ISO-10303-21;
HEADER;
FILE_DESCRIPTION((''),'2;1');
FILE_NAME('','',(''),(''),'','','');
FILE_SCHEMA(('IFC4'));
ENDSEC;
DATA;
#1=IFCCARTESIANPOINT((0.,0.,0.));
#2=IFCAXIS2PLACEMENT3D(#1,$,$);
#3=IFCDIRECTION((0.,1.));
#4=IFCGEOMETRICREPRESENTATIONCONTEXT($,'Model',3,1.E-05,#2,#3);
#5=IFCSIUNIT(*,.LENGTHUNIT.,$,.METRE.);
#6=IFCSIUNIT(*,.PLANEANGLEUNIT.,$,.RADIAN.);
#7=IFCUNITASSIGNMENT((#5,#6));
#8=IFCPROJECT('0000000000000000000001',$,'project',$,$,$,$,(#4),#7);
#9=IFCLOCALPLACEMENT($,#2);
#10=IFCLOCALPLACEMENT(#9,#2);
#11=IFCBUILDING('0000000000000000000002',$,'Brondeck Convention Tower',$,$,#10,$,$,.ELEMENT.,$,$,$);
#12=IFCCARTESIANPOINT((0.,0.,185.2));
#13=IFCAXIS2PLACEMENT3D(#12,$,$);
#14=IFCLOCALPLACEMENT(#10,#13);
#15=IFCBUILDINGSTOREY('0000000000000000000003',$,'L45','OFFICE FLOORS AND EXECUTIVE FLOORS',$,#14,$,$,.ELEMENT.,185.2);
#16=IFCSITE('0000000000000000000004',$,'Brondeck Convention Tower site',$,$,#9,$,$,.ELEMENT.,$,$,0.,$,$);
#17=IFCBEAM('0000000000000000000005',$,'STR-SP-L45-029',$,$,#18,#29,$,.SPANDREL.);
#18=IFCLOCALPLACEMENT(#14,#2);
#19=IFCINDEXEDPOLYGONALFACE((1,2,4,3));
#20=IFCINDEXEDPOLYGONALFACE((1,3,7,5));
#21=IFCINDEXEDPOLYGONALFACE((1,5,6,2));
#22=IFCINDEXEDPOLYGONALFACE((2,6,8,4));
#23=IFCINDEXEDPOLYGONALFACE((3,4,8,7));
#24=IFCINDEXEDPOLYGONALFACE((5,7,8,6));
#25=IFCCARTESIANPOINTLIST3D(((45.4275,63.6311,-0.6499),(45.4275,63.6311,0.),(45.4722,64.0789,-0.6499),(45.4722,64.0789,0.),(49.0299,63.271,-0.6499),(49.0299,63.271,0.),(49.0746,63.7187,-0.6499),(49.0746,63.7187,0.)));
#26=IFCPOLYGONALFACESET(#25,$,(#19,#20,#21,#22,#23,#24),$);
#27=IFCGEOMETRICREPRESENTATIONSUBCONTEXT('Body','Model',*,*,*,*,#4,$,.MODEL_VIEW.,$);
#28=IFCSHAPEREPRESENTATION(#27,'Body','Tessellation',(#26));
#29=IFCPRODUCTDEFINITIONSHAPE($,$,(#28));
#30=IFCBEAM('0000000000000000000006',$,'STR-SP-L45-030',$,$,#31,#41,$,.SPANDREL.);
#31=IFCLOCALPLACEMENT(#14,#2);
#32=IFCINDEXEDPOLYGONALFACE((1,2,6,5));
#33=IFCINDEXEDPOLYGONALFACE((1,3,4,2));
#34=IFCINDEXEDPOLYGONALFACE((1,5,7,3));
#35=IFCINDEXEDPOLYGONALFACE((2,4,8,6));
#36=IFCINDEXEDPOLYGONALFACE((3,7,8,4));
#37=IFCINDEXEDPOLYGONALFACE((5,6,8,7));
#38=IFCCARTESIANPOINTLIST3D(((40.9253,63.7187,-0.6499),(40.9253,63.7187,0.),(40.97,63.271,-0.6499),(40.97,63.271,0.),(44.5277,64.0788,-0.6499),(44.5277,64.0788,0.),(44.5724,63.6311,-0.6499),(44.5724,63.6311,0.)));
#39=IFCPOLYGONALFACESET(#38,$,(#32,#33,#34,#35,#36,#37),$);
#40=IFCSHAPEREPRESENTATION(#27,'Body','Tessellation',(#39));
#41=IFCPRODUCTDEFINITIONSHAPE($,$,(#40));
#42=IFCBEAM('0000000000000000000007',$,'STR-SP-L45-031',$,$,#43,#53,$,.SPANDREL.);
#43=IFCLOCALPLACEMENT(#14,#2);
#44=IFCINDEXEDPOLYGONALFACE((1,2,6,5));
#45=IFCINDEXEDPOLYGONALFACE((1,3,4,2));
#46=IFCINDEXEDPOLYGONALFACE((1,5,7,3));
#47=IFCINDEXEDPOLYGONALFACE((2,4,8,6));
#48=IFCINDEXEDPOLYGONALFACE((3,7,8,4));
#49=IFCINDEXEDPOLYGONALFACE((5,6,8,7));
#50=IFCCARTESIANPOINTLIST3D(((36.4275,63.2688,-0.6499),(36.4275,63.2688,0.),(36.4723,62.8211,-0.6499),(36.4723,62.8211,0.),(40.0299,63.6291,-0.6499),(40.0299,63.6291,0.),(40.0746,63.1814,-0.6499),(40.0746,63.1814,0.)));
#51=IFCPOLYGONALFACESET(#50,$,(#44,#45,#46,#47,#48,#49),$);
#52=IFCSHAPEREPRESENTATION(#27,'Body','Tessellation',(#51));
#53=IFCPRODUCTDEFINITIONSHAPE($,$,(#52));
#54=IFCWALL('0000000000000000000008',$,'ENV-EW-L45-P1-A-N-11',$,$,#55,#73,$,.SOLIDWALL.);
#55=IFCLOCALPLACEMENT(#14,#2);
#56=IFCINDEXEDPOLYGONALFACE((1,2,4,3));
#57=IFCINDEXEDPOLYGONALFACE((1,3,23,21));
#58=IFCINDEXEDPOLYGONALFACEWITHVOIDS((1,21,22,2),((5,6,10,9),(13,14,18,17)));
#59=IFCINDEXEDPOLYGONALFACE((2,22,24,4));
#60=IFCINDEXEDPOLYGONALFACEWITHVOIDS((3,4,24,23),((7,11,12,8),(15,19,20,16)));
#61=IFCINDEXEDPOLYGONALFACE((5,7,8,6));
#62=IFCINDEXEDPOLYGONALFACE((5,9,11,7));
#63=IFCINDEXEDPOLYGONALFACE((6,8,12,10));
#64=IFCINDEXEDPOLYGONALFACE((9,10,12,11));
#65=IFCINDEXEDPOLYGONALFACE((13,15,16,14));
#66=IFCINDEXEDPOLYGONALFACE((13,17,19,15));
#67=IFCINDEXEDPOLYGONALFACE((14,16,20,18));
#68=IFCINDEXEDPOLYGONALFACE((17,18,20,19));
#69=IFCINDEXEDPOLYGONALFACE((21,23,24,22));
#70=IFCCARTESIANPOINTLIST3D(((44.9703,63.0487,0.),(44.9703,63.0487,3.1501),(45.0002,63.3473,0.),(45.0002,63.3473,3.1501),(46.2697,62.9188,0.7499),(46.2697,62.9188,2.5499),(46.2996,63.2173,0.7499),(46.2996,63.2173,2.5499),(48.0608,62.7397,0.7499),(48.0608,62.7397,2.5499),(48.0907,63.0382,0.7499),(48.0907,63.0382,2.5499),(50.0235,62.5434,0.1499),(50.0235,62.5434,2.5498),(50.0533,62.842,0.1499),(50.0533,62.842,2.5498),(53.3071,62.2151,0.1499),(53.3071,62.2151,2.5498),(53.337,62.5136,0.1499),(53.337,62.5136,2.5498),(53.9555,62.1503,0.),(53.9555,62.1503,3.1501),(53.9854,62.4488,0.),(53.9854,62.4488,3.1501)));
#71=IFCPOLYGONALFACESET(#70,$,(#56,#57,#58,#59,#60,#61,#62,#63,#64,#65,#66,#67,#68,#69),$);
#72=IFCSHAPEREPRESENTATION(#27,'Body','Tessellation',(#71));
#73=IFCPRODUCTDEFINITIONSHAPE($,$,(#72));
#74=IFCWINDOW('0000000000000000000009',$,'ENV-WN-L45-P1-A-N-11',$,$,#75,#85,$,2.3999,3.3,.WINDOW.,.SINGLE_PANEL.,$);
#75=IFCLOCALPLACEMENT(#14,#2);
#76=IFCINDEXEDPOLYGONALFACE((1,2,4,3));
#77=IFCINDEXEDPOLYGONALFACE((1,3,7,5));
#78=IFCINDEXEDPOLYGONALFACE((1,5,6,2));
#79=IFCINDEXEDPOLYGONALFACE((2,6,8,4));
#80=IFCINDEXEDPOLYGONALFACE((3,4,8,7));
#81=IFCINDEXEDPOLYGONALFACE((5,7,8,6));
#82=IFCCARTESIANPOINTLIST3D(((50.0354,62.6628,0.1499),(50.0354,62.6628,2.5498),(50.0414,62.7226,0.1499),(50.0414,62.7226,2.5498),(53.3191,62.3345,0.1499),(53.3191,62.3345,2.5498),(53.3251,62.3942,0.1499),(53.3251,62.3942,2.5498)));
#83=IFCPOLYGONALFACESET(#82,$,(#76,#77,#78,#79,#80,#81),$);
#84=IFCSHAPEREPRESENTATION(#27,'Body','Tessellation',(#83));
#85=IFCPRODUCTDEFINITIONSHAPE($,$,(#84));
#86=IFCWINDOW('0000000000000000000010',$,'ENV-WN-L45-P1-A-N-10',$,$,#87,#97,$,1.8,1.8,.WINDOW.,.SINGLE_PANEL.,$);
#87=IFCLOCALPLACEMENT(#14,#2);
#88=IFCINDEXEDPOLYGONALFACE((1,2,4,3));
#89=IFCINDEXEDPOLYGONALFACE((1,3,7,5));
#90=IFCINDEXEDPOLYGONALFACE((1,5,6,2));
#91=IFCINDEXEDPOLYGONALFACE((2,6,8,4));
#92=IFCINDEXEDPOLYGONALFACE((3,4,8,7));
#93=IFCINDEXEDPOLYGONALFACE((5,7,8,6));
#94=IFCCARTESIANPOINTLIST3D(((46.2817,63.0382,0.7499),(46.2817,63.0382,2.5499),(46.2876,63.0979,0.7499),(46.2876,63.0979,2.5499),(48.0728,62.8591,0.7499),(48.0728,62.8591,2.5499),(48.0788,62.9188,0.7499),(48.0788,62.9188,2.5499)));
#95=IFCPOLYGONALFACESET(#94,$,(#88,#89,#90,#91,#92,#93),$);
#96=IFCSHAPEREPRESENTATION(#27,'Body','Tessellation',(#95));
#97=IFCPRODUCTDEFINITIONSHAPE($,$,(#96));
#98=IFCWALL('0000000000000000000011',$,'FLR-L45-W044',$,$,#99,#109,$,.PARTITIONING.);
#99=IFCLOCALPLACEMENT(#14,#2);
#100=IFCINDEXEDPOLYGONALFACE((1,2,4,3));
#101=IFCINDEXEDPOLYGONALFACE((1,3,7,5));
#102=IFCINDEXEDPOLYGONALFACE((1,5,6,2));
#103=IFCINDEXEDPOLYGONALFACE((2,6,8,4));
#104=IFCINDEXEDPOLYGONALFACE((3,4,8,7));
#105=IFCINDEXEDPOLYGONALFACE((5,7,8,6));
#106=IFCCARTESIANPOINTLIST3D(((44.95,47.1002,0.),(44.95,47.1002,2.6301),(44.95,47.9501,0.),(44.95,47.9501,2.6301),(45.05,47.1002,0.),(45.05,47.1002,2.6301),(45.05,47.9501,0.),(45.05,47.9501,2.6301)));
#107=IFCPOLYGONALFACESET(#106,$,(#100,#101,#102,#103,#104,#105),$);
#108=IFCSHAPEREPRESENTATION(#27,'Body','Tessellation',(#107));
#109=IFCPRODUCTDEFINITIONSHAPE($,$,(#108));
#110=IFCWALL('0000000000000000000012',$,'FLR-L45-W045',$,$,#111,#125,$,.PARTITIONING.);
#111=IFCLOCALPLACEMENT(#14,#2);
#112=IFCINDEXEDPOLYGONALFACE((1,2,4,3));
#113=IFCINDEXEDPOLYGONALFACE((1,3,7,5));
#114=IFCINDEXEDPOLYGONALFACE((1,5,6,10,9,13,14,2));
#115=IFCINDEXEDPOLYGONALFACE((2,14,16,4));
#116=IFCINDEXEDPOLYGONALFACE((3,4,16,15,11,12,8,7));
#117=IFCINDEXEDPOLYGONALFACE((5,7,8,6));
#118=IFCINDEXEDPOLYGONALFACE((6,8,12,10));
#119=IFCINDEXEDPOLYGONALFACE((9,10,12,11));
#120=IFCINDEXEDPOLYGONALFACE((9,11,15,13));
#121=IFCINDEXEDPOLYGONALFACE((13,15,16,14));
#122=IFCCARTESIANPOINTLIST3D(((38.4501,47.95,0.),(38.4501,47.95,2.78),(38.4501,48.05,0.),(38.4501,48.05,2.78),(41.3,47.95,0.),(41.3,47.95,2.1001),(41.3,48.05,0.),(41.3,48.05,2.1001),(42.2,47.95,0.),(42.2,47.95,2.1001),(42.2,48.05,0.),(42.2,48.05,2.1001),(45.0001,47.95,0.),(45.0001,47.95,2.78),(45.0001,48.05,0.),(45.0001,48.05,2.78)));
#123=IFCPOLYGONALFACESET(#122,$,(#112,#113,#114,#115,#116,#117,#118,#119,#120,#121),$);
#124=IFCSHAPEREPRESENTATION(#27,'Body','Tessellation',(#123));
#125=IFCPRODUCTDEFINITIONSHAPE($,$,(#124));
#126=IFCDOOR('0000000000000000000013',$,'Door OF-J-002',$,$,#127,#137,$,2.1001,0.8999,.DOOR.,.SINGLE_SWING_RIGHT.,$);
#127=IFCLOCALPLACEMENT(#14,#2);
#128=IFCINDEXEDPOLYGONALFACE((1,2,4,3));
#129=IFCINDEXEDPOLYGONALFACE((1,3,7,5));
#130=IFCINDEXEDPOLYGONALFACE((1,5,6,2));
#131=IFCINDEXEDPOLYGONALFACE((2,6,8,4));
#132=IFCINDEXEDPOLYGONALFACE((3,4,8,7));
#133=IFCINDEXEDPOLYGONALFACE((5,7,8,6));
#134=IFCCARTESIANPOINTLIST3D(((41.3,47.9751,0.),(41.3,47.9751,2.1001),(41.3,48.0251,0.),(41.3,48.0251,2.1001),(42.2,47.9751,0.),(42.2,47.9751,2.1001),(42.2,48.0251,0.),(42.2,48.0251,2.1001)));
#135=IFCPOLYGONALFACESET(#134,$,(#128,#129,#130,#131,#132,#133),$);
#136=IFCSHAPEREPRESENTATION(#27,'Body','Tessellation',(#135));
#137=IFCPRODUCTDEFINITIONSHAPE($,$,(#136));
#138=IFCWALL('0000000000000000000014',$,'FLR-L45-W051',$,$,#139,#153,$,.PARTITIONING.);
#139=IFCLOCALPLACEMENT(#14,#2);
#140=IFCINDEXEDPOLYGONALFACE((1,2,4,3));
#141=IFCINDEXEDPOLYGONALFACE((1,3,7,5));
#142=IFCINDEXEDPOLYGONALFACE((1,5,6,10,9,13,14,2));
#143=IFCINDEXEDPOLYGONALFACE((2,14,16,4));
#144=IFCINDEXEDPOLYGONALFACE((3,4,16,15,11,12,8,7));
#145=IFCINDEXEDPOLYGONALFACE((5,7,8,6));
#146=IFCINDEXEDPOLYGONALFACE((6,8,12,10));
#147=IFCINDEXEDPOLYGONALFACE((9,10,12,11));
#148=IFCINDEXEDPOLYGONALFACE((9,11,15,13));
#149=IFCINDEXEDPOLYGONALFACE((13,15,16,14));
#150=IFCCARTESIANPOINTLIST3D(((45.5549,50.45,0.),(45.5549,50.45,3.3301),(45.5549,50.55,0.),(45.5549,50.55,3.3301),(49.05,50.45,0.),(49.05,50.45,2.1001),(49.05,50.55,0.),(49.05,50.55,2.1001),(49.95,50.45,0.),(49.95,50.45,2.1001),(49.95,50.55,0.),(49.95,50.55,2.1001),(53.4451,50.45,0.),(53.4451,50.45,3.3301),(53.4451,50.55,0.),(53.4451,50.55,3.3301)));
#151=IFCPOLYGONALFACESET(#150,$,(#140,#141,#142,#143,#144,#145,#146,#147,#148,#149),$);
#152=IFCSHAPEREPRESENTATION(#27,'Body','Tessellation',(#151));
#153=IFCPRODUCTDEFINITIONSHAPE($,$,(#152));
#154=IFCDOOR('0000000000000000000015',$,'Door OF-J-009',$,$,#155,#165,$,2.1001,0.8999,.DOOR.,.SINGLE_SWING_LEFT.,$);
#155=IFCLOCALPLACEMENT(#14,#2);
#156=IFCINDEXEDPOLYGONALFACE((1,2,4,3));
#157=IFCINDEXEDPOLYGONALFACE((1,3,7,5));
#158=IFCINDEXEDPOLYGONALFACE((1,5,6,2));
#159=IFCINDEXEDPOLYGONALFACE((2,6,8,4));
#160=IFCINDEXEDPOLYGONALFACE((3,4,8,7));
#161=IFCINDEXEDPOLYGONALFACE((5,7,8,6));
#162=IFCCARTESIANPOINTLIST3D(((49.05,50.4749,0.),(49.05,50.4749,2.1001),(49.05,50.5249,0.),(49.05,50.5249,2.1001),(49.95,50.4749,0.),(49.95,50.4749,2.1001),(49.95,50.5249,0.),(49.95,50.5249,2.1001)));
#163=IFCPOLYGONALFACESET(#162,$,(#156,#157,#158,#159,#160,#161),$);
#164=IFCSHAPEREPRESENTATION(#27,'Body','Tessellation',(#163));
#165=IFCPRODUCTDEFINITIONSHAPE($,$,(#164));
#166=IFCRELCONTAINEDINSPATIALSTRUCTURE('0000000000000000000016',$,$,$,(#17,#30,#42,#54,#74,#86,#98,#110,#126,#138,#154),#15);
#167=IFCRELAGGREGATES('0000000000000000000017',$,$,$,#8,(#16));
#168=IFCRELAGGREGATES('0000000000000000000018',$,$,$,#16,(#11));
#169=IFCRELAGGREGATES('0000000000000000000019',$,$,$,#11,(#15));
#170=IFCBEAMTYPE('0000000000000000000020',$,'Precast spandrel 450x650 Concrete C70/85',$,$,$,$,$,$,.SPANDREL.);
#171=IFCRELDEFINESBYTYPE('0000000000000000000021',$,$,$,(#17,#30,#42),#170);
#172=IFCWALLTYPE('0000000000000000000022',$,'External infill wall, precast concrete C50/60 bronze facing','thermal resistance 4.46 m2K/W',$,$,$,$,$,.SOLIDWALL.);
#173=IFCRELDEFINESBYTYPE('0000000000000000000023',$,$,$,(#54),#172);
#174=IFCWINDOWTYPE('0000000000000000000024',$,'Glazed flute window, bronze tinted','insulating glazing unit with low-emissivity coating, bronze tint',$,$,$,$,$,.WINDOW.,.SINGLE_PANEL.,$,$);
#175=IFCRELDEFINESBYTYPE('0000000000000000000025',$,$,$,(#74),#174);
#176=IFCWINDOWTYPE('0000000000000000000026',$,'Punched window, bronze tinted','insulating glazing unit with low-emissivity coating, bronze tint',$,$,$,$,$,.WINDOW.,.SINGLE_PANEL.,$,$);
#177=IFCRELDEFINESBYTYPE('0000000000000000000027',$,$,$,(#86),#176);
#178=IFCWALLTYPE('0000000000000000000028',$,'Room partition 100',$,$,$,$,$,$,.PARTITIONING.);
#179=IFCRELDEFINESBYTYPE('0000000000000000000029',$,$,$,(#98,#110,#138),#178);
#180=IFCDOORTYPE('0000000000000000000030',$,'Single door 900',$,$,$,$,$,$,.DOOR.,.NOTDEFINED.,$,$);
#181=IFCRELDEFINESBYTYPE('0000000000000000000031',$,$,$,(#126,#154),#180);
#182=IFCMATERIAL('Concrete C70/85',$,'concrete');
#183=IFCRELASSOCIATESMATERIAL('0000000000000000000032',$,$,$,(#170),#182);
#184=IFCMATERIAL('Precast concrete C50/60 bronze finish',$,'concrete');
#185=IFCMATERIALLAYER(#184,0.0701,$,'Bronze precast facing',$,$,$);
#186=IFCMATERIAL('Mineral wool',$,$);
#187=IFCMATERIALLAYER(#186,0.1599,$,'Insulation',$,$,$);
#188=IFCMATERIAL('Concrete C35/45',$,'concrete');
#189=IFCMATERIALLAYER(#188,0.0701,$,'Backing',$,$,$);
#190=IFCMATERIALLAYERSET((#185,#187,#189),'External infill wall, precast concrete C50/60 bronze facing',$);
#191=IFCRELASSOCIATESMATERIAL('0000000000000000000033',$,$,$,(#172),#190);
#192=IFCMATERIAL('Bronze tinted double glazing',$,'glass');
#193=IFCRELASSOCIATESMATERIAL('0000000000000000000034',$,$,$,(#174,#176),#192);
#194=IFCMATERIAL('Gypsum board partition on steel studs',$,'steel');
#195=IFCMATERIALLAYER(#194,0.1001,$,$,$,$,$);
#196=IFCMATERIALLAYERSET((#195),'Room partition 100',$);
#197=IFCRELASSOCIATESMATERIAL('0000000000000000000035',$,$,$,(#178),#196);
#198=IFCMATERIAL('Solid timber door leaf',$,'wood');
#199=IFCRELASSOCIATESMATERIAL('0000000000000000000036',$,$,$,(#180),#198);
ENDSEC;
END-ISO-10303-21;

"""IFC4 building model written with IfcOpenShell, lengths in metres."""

from ifc_helpers import new_model, si_unit, direction, frame, frame_2d, origin, origin_2d, place, context, subcontext, project, spatial, rectangle, extrude, material, layer, layer_set, material_profile, profile_set, type_object, element, fill, save


model = new_model("IFC4")

# Units and contexts
model_context = context("Model", 3, precision=1e-05, world=origin(), true_north=direction((0.0, 1.0)))
body_context = subcontext(model_context, "Body", "Model", "MODEL_VIEW")
ifc_project = project(units=[si_unit("LENGTHUNIT", "METRE"), si_unit("PLANEANGLEUNIT", "RADIAN")], contexts=[model_context])

# Site, building, storey
site_placement = place(None, origin())
site = spatial("IfcSite", under=ifc_project, at=site_placement, Name="Brondeck Convention Tower site", CompositionType="ELEMENT", RefElevation=0.0)
building_placement = place(site_placement, origin())
building = spatial("IfcBuilding", under=site, at=building_placement, Name="Brondeck Convention Tower", CompositionType="ELEMENT")
storey_placement = place(building_placement, frame((0.0, 0.0, 185.2)))
storey = spatial("IfcBuildingStorey", under=building, at=storey_placement, Name="L45", Description="OFFICE FLOORS AND EXECUTIVE FLOORS", CompositionType="ELEMENT", Elevation=185.2)

# Shared definitions
ifc_material_1 = material(Name="Concrete C70/85", Category="concrete")

# Beams
ifc_material_profile_1 = material_profile(ifc_material_1, rectangle(XDim=0.45, YDim=0.6499, at=origin_2d()), Name="Precast spandrel 450x650 Concrete C70/85")
ifc_profile_set_1 = profile_set([ifc_material_profile_1], Name="Concrete C70/85")
beam_type_1 = type_object("IfcBeamType", Name="Precast spandrel 450x650 Concrete C70/85", PredefinedType="SPANDREL", material=ifc_profile_set_1)
for number, where, z_axis, x_axis, name in (
    (1, (49.0522, 63.4949, -0.325), (-0.995041, 0.09947, 0.0), (-0.09947, -0.995041, 0.0), "STR-SP-L45-029"),
    (2, (44.55, 63.855, -0.325), (-0.995041, -0.09947, 0.0), (0.09947, -0.995041, 0.0), "STR-SP-L45-030"),
    (3, (40.0522, 63.4053, -0.325), (-0.995034, -0.099537, 0.0), (0.099537, -0.995034, 0.0), "STR-SP-L45-031"),
):
    element("IfcBeam", number, at=place(storey_placement, frame(where, z_axis=z_axis, x_axis=x_axis)), inside=storey, type_object=beam_type_1, Name=name, PredefinedType="SPANDREL", context=body_context, shape_type="SweptSolid", body=[
        extrude(rectangle(XDim=0.45, YDim=0.6499, at=origin_2d()), origin(), (0.0, 0.0, 1.0), 3.6204),
    ])

# Wall, openings, windows
ifc_material_2 = material(Name="Precast concrete C50/60 bronze finish", Category="concrete")
ifc_layer_1 = layer(ifc_material_2, 0.0701, Name="Bronze precast facing")
ifc_material_3 = material(Name="Mineral wool")
ifc_layer_2 = layer(ifc_material_3, 0.1599, Name="Insulation")
ifc_material_4 = material(Name="Concrete C35/45", Category="concrete")
ifc_layer_3 = layer(ifc_material_4, 0.0701, Name="Backing")
ifc_layer_set_1 = layer_set([ifc_layer_1, ifc_layer_2, ifc_layer_3], Name="External infill wall, precast concrete C50/60 bronze facing")
wall_type_1 = type_object("IfcWallType", Name="External infill wall, precast concrete C50/60 bronze facing", Description="thermal resistance 4.46 m2K/W", PredefinedType="SOLIDWALL", material=ifc_layer_set_1)
wall_1_placement = place(storey_placement, frame((44.9851, 63.198, 0.0), z_axis=(0.0, 0.0, 1.0), x_axis=(0.995038, -0.099496, 0.0)))
wall_1 = element("IfcWall", 4, at=wall_1_placement, inside=storey, type_object=wall_type_1, Name="ENV-EW-L45-P1-A-N-11", PredefinedType="SOLIDWALL", context=body_context, shape_type="SweptSolid", body=[
    extrude(rectangle(XDim=9.03, YDim=0.3, at=frame_2d((4.5151, 0.0))), origin(), (0.0, 0.0, 1.0), 3.1501),
])
opening_1_placement = place(wall_1_placement, frame((1.3062, 0.0, 0.75)))
opening_1 = element("IfcOpeningElement", 5, at=opening_1_placement, cuts=wall_1, PredefinedType="OPENING", context=body_context, shape_type="SweptSolid", body=[
    extrude(rectangle(XDim=1.8, YDim=1.8, at=frame_2d((0.8999, 0.8999))), frame((0.0, 0.1599, 0.0), z_axis=(0.0, -1.0, 0.0), x_axis=(1.0, 0.0, 0.0)), (0.0, 0.0, 1.0), 0.3201),
])
opening_2_placement = place(wall_1_placement, frame((5.0786, 0.0, 0.1499)))
opening_2 = element("IfcOpeningElement", 6, at=opening_2_placement, cuts=wall_1, PredefinedType="OPENING", context=body_context, shape_type="SweptSolid", body=[
    extrude(rectangle(XDim=3.3, YDim=2.3999, at=frame_2d((1.6499, 1.2))), frame((0.0, 0.1599, 0.0), z_axis=(0.0, -1.0, 0.0), x_axis=(1.0, 0.0, 0.0)), (0.0, 0.0, 1.0), 0.3201),
])
ifc_material_5 = material(Name="Bronze tinted double glazing", Category="glass")
window_type_1 = type_object("IfcWindowType", Name="Glazed flute window, bronze tinted", Description="insulating glazing unit with low-emissivity coating, bronze tint", PartitioningType="SINGLE_PANEL", PredefinedType="WINDOW", material=ifc_material_5)
window_1_placement = place(opening_2_placement, origin())
window_1 = element("IfcWindow", 7, at=window_1_placement, inside=storey, type_object=window_type_1, Name="ENV-WN-L45-P1-A-N-11", OverallHeight=2.3999, OverallWidth=3.3, PartitioningType="SINGLE_PANEL", PredefinedType="WINDOW", context=body_context, shape_type="SweptSolid", body=[
    extrude(rectangle(XDim=3.3, YDim=2.3999, at=frame_2d((1.6499, 1.2))), frame((0.0, 0.03, 0.0), z_axis=(0.0, -1.0, 0.0), x_axis=(1.0, 0.0, 0.0)), (0.0, 0.0, 1.0), 0.0601),
])
fill(opening_2, window_1)
window_type_2 = type_object("IfcWindowType", Name="Punched window, bronze tinted", Description="insulating glazing unit with low-emissivity coating, bronze tint", PartitioningType="SINGLE_PANEL", PredefinedType="WINDOW", material=ifc_material_5)
window_2_placement = place(opening_1_placement, origin())
window_2 = element("IfcWindow", 8, at=window_2_placement, inside=storey, type_object=window_type_2, Name="ENV-WN-L45-P1-A-N-10", OverallHeight=1.8, OverallWidth=1.8, PartitioningType="SINGLE_PANEL", PredefinedType="WINDOW", context=body_context, shape_type="SweptSolid", body=[
    extrude(rectangle(XDim=1.8, YDim=1.8, at=frame_2d((0.8999, 0.8999))), frame((0.0, 0.03, 0.0), z_axis=(0.0, -1.0, 0.0), x_axis=(1.0, 0.0, 0.0)), (0.0, 0.0, 1.0), 0.0601),
])
fill(opening_1, window_2)

# Wall
ifc_material_6 = material(Name="Gypsum board partition on steel studs", Category="steel")
ifc_layer_4 = layer(ifc_material_6, 0.1001)
ifc_layer_set_2 = layer_set([ifc_layer_4], Name="Room partition 100")
wall_type_2 = type_object("IfcWallType", Name="Room partition 100", PredefinedType="PARTITIONING", material=ifc_layer_set_2)
wall_2_placement = place(storey_placement, frame((45.0, 47.95, 0.0), z_axis=(0.0, 0.0, 1.0), x_axis=(0.0, -1.0, 0.0)))
element("IfcWall", 9, at=wall_2_placement, inside=storey, type_object=wall_type_2, Name="FLR-L45-W044", PredefinedType="PARTITIONING", context=body_context, shape_type="SweptSolid", body=[
    extrude(rectangle(XDim=0.8499, YDim=0.1001, at=frame_2d((0.4248, 0.0))), origin(), (0.0, 0.0, 1.0), 2.6301),
])

# Walls, openings, doors
wall_3_placement = place(storey_placement, frame((45.0, 48.0, 0.0), z_axis=(0.0, 0.0, 1.0), x_axis=(-1.0, 0.0, 0.0)))
wall_3 = element("IfcWall", 10, at=wall_3_placement, inside=storey, type_object=wall_type_2, Name="FLR-L45-W045", PredefinedType="PARTITIONING", context=body_context, shape_type="SweptSolid", body=[
    extrude(rectangle(XDim=6.55, YDim=0.1001, at=frame_2d((3.2749, 0.0))), origin(), (0.0, 0.0, 1.0), 2.78),
])
opening_3_placement = place(wall_3_placement, frame((2.8, 0.0, 0.0)))
opening_3 = element("IfcOpeningElement", 11, at=opening_3_placement, cuts=wall_3, PredefinedType="OPENING", context=body_context, shape_type="SweptSolid", body=[
    extrude(rectangle(XDim=0.8999, YDim=2.1001, at=frame_2d((0.45, 1.05))), frame((0.0, 0.0601, 0.0), z_axis=(0.0, -1.0, 0.0), x_axis=(1.0, 0.0, 0.0)), (0.0, 0.0, 1.0), 0.1201),
])
ifc_material_7 = material(Name="Solid timber door leaf", Category="wood")
door_type = type_object("IfcDoorType", Name="Single door 900", OperationType="NOTDEFINED", PredefinedType="DOOR", material=ifc_material_7)
door_1_placement = place(opening_3_placement, origin())
door_1 = element("IfcDoor", 12, at=door_1_placement, inside=storey, type_object=door_type, Name="Door OF-J-002", OperationType="SINGLE_SWING_RIGHT", OverallHeight=2.1001, OverallWidth=0.8999, PredefinedType="DOOR", context=body_context, shape_type="SweptSolid", body=[
    extrude(rectangle(XDim=0.8999, YDim=2.1001, at=frame_2d((0.45, 1.05))), frame((0.0, 0.0249, 0.0), z_axis=(0.0, -1.0, 0.0), x_axis=(1.0, 0.0, 0.0)), (0.0, 0.0, 1.0), 0.05),
])
fill(opening_3, door_1)
wall_4_placement = place(storey_placement, frame((45.5549, 50.5, 0.0), z_axis=(0.0, 0.0, 1.0), x_axis=(1.0, 0.0, 0.0)))
wall_4 = element("IfcWall", 13, at=wall_4_placement, inside=storey, type_object=wall_type_2, Name="FLR-L45-W051", PredefinedType="PARTITIONING", context=body_context, shape_type="SweptSolid", body=[
    extrude(rectangle(XDim=7.8901, YDim=0.1001, at=frame_2d((3.9451, 0.0))), origin(), (0.0, 0.0, 1.0), 3.3301),
])
opening_4_placement = place(wall_4_placement, frame((3.4951, 0.0, 0.0)))
opening_4 = element("IfcOpeningElement", 14, at=opening_4_placement, cuts=wall_4, PredefinedType="OPENING", context=body_context, shape_type="SweptSolid", body=[
    extrude(rectangle(XDim=0.8999, YDim=2.1001, at=frame_2d((0.45, 1.05))), frame((0.0, 0.0601, 0.0), z_axis=(0.0, -1.0, 0.0), x_axis=(1.0, 0.0, 0.0)), (0.0, 0.0, 1.0), 0.1201),
])
door_2_placement = place(opening_4_placement, origin())
door_2 = element("IfcDoor", 15, at=door_2_placement, inside=storey, type_object=door_type, Name="Door OF-J-009", OperationType="SINGLE_SWING_LEFT", OverallHeight=2.1001, OverallWidth=0.8999, PredefinedType="DOOR", context=body_context, shape_type="SweptSolid", body=[
    extrude(rectangle(XDim=0.8999, YDim=2.1001, at=frame_2d((0.45, 1.05))), frame((0.0, 0.0249, 0.0), z_axis=(0.0, -1.0, 0.0), x_axis=(1.0, 0.0, 0.0)), (0.0, 0.0, 1.0), 0.05),
])
fill(opening_4, door_2)

save(model, "model.ifc")
